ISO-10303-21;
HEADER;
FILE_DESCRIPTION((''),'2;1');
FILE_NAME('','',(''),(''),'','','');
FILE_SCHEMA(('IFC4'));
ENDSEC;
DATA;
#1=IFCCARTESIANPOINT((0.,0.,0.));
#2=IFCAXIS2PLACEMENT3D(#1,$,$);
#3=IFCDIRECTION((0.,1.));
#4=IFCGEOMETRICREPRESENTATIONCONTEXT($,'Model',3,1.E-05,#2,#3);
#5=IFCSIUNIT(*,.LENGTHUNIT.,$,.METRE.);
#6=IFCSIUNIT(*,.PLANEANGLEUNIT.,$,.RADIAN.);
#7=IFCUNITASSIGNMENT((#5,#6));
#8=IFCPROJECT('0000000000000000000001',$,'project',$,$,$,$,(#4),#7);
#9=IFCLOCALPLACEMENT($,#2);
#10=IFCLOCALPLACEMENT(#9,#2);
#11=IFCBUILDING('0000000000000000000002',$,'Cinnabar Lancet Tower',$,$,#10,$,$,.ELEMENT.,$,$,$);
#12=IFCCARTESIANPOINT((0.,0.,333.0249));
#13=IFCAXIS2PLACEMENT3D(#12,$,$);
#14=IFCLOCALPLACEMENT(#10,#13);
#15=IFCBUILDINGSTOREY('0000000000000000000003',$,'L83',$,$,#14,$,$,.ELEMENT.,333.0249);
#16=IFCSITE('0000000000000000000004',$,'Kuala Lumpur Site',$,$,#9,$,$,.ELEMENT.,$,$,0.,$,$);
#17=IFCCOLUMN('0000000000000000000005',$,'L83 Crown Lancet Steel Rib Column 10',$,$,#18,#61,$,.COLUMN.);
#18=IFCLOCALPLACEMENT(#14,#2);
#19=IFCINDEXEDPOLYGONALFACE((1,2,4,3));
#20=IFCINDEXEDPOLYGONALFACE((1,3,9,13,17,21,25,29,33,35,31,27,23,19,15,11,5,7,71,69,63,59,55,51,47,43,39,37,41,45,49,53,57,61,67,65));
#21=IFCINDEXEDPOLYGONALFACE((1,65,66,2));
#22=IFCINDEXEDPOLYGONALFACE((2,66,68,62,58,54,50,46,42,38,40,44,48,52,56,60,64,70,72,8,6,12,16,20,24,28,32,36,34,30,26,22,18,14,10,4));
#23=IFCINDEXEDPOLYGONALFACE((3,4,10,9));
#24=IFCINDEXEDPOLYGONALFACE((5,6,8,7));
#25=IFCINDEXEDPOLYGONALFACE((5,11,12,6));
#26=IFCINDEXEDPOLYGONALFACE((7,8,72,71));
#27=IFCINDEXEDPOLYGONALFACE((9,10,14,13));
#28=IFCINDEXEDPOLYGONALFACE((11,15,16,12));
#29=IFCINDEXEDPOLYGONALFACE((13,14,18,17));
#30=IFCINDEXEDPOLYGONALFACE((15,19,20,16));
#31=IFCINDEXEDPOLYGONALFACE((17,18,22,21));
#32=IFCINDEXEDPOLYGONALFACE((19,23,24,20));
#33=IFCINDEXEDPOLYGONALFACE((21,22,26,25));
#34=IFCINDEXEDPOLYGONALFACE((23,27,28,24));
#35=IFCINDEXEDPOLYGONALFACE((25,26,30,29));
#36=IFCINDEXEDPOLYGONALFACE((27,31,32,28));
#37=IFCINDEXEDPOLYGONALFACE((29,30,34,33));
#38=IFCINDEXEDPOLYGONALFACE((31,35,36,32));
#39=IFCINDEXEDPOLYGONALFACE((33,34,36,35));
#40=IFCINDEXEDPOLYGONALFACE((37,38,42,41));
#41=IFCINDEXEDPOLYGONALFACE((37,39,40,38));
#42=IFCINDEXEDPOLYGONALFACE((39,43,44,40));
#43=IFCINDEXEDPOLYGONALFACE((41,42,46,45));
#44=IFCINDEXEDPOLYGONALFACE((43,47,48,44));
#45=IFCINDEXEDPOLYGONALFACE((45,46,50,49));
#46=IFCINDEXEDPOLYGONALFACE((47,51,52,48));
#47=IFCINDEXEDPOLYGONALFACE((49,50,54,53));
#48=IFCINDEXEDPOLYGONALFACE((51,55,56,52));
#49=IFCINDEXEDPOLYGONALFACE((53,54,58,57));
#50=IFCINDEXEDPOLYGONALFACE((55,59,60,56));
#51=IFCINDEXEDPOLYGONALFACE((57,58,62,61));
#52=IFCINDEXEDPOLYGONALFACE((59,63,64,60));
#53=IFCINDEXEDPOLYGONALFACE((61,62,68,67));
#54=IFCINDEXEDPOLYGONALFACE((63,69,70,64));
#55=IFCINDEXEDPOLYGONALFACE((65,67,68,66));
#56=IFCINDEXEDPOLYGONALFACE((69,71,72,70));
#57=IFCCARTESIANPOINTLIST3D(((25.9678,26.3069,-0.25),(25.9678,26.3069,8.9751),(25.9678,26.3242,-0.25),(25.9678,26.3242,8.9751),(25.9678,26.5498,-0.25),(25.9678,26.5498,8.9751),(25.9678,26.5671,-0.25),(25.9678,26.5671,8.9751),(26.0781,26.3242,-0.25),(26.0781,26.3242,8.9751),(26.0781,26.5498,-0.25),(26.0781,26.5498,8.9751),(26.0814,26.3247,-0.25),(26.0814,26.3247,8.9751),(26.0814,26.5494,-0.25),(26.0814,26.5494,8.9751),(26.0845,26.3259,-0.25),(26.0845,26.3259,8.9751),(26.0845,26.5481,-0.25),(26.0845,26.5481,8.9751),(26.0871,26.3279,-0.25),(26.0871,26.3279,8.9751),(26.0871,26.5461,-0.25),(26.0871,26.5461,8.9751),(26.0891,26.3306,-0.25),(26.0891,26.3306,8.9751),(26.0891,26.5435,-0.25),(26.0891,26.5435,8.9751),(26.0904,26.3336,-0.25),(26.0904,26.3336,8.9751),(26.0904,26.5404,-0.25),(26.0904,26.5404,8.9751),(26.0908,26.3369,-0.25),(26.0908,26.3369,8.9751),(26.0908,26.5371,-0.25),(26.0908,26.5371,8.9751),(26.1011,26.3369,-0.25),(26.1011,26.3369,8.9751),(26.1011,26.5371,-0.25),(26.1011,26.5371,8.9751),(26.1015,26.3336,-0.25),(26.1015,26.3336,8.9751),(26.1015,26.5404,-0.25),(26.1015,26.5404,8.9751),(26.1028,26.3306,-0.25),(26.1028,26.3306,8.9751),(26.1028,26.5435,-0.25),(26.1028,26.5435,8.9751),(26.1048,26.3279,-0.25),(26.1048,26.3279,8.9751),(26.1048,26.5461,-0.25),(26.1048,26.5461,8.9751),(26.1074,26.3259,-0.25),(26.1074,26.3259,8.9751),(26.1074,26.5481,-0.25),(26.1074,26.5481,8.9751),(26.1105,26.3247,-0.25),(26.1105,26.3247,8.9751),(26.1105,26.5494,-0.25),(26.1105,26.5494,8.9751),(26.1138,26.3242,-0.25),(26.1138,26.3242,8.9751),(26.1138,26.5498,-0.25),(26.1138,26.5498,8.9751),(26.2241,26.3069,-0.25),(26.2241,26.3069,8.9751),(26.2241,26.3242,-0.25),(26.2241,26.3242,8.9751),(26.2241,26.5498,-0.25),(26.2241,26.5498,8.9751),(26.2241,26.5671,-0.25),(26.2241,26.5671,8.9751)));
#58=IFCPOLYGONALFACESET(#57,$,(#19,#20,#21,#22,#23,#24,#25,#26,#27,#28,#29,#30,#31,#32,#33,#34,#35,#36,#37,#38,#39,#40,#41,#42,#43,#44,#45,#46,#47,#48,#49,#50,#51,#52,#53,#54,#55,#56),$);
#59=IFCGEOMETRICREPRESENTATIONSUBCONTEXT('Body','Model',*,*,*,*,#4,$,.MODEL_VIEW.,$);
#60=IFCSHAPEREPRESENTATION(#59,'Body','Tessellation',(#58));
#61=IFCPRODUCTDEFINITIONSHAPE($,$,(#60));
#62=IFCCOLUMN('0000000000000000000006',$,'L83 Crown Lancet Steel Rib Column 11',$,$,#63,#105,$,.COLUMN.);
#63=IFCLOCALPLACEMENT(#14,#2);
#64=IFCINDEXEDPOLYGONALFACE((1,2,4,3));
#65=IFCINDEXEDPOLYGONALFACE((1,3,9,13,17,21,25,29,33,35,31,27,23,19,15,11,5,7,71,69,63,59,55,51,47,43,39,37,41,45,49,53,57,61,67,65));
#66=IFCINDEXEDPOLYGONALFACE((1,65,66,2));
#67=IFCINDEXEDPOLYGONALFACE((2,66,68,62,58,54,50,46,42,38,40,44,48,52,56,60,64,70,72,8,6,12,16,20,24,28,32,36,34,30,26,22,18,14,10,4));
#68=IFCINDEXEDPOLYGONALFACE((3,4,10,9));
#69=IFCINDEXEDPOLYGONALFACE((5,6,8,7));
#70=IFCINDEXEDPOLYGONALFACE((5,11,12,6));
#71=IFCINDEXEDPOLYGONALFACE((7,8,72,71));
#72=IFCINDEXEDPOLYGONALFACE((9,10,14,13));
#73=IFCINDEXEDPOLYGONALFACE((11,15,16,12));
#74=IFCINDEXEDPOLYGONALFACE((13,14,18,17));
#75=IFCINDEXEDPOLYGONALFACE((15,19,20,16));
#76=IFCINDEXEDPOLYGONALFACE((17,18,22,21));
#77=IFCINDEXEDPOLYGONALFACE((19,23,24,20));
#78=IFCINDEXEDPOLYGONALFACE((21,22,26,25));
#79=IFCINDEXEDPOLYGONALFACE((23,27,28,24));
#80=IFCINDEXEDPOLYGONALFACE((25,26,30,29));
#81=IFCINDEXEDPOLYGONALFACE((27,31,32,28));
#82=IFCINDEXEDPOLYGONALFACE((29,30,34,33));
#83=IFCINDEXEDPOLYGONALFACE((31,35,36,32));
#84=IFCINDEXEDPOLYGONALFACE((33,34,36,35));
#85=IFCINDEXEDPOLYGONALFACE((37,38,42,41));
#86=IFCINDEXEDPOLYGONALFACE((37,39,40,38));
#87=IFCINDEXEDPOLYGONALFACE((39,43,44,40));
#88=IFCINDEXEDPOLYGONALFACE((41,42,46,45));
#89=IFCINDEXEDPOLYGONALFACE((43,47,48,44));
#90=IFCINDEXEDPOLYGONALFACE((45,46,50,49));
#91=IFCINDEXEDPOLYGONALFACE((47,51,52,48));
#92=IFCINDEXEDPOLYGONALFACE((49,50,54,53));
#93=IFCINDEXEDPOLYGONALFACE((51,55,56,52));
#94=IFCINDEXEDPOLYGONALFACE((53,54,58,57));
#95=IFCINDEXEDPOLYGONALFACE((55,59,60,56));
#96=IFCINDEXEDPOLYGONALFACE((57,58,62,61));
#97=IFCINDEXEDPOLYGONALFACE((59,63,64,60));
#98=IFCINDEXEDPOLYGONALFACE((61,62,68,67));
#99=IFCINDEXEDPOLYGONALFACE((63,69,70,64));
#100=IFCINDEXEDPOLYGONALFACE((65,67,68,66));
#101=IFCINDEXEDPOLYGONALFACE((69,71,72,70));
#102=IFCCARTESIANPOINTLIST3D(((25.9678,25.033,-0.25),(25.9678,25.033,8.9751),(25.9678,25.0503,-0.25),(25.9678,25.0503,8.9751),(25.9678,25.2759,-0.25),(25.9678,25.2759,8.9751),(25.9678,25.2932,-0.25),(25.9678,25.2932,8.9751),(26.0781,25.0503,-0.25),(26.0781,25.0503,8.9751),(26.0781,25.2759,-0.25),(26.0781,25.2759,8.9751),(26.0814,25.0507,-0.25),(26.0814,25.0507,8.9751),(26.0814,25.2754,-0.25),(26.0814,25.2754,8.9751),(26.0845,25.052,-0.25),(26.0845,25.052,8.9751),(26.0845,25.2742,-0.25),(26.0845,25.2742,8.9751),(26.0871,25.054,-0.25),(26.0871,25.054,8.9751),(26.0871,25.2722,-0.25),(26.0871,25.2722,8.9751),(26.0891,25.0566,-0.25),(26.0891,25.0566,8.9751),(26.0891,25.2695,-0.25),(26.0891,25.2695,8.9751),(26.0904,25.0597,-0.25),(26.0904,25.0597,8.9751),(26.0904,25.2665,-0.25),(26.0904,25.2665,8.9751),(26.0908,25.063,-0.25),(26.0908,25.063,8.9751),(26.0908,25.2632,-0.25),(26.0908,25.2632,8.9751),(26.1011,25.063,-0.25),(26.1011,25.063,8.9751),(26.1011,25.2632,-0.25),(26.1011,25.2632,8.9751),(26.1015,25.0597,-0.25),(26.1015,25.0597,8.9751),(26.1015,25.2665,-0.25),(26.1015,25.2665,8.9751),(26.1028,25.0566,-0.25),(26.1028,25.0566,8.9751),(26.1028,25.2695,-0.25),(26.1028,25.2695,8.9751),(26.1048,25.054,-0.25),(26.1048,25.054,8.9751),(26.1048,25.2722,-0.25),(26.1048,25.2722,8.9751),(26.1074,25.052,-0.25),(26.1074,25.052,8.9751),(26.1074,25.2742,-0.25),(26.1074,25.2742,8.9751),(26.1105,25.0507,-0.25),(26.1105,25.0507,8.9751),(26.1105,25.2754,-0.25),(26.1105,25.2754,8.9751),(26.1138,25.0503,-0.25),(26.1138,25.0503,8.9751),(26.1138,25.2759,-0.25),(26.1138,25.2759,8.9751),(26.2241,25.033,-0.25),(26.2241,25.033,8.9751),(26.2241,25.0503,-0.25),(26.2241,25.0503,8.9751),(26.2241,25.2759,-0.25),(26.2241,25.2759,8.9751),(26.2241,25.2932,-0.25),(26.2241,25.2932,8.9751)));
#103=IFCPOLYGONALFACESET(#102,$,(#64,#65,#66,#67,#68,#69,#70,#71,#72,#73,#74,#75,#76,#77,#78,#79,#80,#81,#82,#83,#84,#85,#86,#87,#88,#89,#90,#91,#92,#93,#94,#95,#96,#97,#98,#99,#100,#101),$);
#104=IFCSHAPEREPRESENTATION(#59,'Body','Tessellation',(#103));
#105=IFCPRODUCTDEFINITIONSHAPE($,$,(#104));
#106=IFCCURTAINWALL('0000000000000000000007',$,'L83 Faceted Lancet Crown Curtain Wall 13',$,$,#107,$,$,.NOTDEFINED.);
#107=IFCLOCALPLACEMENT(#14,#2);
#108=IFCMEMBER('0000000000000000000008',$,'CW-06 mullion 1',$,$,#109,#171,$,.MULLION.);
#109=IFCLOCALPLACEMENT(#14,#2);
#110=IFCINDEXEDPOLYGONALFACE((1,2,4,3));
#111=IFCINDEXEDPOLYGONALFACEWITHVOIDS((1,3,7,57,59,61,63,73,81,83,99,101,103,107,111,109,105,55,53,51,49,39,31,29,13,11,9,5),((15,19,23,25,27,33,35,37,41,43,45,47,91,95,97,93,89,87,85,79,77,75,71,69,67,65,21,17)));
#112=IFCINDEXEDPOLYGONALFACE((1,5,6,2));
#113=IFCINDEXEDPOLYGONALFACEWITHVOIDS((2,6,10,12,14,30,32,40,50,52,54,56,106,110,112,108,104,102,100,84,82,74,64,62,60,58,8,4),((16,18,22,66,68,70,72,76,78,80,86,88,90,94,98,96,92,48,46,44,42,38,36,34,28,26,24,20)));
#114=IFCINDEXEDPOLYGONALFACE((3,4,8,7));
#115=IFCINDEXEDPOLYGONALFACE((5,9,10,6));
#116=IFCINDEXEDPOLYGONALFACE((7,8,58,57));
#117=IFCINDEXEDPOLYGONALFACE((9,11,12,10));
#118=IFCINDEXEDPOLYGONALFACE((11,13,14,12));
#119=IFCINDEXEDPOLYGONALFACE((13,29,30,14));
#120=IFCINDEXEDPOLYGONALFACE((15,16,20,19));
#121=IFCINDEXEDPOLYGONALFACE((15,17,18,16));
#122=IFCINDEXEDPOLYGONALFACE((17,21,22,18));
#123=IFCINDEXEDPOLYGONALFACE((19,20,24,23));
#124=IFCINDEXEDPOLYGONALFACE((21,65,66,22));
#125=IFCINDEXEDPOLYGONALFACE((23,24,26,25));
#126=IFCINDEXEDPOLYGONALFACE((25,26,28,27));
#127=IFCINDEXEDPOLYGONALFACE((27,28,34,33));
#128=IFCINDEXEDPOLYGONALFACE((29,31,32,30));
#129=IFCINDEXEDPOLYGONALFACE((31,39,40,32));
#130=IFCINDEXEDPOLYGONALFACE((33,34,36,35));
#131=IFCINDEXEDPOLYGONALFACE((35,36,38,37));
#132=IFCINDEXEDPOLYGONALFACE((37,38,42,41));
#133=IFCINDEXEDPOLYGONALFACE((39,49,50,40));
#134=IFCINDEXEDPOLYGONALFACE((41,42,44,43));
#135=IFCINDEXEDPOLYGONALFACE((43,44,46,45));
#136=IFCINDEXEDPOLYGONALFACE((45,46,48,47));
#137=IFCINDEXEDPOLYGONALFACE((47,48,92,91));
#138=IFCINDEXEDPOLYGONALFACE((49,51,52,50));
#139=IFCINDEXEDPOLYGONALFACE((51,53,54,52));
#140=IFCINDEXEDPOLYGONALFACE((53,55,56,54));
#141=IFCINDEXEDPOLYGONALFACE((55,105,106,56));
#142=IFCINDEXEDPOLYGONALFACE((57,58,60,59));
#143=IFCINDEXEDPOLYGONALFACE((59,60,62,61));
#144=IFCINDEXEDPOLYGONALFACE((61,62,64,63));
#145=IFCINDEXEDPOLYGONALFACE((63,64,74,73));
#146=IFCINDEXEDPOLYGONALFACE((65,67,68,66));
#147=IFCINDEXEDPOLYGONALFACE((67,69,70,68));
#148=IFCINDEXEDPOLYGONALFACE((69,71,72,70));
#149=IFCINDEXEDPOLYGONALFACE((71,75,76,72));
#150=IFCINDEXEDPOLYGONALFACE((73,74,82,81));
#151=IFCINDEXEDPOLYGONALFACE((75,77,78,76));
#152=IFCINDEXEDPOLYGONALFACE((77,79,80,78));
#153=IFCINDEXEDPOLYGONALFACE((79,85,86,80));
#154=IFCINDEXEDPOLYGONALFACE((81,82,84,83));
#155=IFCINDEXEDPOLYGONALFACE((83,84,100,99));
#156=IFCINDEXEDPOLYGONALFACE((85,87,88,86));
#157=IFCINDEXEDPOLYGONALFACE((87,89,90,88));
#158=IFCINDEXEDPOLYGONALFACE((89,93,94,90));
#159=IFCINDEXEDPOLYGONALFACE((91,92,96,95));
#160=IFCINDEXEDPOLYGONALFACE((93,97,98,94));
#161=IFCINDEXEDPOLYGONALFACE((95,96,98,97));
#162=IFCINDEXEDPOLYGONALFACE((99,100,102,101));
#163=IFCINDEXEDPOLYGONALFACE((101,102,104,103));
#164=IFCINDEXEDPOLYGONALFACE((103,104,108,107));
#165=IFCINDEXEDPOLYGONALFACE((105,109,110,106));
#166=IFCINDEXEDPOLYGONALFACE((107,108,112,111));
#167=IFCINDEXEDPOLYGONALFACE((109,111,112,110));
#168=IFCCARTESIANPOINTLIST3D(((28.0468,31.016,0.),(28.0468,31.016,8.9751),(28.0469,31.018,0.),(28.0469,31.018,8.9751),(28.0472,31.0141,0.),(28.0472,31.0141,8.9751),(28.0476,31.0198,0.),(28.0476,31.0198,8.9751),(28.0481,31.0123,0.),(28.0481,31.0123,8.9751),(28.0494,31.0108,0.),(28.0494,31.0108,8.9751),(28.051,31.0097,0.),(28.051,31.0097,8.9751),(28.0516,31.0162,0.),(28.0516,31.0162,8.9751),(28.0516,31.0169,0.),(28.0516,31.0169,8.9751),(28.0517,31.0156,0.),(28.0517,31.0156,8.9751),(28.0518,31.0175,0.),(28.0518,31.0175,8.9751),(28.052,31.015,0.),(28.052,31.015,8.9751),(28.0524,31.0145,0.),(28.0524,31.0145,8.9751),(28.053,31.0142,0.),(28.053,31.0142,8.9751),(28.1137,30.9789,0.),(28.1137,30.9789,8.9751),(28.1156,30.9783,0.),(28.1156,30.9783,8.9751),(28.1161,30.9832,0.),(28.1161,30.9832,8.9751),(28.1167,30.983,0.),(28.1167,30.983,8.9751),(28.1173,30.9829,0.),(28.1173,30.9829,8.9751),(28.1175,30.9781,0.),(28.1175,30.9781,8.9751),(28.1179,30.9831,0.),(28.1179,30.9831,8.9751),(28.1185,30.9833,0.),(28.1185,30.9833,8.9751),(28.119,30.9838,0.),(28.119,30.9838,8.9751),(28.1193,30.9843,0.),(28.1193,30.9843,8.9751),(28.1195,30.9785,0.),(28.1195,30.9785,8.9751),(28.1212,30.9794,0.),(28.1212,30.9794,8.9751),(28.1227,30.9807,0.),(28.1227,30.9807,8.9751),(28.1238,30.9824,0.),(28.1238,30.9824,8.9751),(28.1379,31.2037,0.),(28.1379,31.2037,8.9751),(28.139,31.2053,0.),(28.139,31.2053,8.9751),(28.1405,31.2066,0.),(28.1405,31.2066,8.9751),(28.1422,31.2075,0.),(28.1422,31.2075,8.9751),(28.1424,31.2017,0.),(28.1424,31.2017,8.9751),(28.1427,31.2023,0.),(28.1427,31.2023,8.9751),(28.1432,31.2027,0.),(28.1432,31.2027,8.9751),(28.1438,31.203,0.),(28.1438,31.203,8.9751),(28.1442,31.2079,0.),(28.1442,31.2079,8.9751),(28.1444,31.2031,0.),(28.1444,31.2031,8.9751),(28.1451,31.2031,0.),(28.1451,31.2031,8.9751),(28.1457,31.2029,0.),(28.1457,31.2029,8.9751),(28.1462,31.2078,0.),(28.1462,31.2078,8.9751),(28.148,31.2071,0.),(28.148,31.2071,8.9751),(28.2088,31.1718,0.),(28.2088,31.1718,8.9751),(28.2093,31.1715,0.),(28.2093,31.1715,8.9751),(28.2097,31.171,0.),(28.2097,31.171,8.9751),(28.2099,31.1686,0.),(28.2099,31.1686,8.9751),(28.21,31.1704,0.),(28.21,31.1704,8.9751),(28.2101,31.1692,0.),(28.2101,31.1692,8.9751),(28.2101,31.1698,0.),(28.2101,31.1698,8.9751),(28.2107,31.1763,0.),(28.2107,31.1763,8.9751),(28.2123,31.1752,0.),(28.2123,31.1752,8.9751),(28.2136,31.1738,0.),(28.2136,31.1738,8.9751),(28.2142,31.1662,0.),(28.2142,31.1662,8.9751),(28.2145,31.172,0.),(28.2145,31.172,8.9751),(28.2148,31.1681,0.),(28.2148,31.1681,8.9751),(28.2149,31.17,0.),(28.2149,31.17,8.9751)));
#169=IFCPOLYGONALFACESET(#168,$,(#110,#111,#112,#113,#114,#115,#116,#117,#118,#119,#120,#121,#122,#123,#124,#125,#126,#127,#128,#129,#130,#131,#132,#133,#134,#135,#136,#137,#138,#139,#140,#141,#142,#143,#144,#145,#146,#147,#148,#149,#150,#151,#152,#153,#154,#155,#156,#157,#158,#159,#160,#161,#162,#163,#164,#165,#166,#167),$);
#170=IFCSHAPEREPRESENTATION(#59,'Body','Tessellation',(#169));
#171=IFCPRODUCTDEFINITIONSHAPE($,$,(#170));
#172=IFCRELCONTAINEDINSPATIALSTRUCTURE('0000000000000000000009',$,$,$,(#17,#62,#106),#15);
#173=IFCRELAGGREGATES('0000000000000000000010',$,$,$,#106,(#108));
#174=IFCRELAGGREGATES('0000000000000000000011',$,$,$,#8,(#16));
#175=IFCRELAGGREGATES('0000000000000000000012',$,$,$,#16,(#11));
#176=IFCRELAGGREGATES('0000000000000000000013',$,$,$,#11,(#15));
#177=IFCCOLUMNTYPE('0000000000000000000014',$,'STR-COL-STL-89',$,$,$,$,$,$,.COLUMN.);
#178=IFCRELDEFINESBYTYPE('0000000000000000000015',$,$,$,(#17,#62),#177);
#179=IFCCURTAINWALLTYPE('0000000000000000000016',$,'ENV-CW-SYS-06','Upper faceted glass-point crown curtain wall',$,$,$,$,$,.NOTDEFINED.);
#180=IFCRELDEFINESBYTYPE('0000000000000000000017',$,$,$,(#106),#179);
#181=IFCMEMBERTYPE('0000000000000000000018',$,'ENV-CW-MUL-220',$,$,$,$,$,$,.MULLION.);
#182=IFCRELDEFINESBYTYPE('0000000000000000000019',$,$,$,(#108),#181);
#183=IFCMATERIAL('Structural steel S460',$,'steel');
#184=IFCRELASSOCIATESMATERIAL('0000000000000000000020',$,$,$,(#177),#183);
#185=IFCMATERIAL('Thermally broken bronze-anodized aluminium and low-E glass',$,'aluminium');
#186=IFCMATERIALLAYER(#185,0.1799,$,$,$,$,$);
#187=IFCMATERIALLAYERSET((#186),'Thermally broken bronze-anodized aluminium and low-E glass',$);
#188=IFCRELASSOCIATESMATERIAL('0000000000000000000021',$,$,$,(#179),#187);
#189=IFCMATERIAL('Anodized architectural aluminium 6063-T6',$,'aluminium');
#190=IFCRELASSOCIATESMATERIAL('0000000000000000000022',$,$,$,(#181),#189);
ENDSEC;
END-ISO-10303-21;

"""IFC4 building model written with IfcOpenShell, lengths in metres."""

from ifc_helpers import new_model, si_unit, direction, frame, origin, origin_2d, place, context, subcontext, project, spatial, hollow_rectangle, i_section, extrude, material, layer, layer_set, material_profile, profile_set, type_object, element, aggregate, save


model = new_model("IFC4")

# Units and contexts
model_context = context("Model", 3, precision=1e-05, world=origin(), true_north=direction((0.0, 1.0)))
body_context = subcontext(model_context, "Body", "Model", "MODEL_VIEW")
ifc_project = project(units=[si_unit("LENGTHUNIT", "METRE"), si_unit("PLANEANGLEUNIT", "RADIAN")], contexts=[model_context])

# Site, building, storey
site_placement = place(None, origin())
site = spatial("IfcSite", under=ifc_project, at=site_placement, Name="Kuala Lumpur Site", CompositionType="ELEMENT", RefElevation=0.0)
building_placement = place(site_placement, origin())
building = spatial("IfcBuilding", under=site, at=building_placement, Name="Cinnabar Lancet Tower", CompositionType="ELEMENT")
storey_placement = place(building_placement, frame((0.0, 0.0, 333.0249)))
storey = spatial("IfcBuildingStorey", under=building, at=storey_placement, Name="L83", CompositionType="ELEMENT", Elevation=333.0249)

# Columns
ifc_material_1 = material(Name="Structural steel S460", Category="steel")
ifc_material_profile_1 = material_profile(ifc_material_1, i_section(OverallWidth=0.2563, OverallDepth=0.2603, WebThickness=0.0103, FlangeThickness=0.0173, FilletRadius=0.0127, at=origin_2d()), Name="UKC 254x254x89")
ifc_profile_set_1 = profile_set([ifc_material_profile_1], Name="Structural steel S460")
column_type = type_object("IfcColumnType", Name="STR-COL-STL-89", PredefinedType="COLUMN", material=ifc_profile_set_1)
for number, where, z_axis, x_axis, name in (
    (1, (26.0959, 26.437, -0.25), (0.0, 0.0, 1.0), (1.0, 0.0, 0.0), "L83 Crown Lancet Steel Rib Column 10"),
    (2, (26.0959, 25.1631, -0.25), (0.0, 0.0, 1.0), (1.0, 0.0, 0.0), "L83 Crown Lancet Steel Rib Column 11"),
):
    element("IfcColumn", number, at=place(storey_placement, frame(where, z_axis=z_axis, x_axis=x_axis)), inside=storey, type_object=column_type, Name=name, PredefinedType="COLUMN", context=body_context, shape_type="SweptSolid", body=[
        extrude(i_section(OverallWidth=0.2563, OverallDepth=0.2603, WebThickness=0.0103, FlangeThickness=0.0173, FilletRadius=0.0127, at=origin_2d()), origin(), (0.0, 0.0, 1.0), 9.2251),
    ])

# Curtain wall, member
ifc_material_2 = material(Name="Thermally broken bronze-anodized aluminium and low-E glass", Category="aluminium")
ifc_layer_1 = layer(ifc_material_2, 0.1799)
ifc_layer_set_1 = layer_set([ifc_layer_1], Name="Thermally broken bronze-anodized aluminium and low-E glass")
curtain_wall_type = type_object("IfcCurtainWallType", Name="ENV-CW-SYS-06", Description="Upper faceted glass-point crown curtain wall", PredefinedType="NOTDEFINED", material=ifc_layer_set_1)
curtain_wall_1_placement = place(storey_placement, origin())
curtain_wall_1 = element("IfcCurtainWall", 3, at=curtain_wall_1_placement, inside=storey, type_object=curtain_wall_type, Name="L83 Faceted Lancet Crown Curtain Wall 13", PredefinedType="NOTDEFINED")
ifc_material_3 = material(Name="Anodized architectural aluminium 6063-T6", Category="aluminium")
ifc_material_profile_2 = material_profile(ifc_material_3, hollow_rectangle(XDim=0.085, YDim=0.22, WallThickness=0.0049, InnerFilletRadius=0.0024, OuterFilletRadius=0.0076, at=origin_2d()), Name="CW-MUL 220x85x5")
ifc_profile_set_2 = profile_set([ifc_material_profile_2], Name="Anodized architectural aluminium 6063-T6")
member_type_1 = type_object("IfcMemberType", Name="ENV-CW-MUL-220", PredefinedType="MULLION", material=ifc_profile_set_2)
member_1_placement = place(storey_placement, frame((28.1309, 31.093, 0.0), z_axis=(0.0, 0.0, 1.0), x_axis=(0.89751, -0.440994, 0.0)))
member_1 = element("IfcMember", 4, at=member_1_placement, type_object=member_type_1, Name="CW-06 mullion 1", PredefinedType="MULLION", context=body_context, shape_type="SweptSolid", body=[
    extrude(hollow_rectangle(XDim=0.085, YDim=0.22, WallThickness=0.0049, InnerFilletRadius=0.0024, OuterFilletRadius=0.0076, at=origin_2d()), origin(), (0.0, 0.0, 1.0), 8.9751),
])

aggregate(curtain_wall_1, [member_1])

save(model, "model.ifc")
